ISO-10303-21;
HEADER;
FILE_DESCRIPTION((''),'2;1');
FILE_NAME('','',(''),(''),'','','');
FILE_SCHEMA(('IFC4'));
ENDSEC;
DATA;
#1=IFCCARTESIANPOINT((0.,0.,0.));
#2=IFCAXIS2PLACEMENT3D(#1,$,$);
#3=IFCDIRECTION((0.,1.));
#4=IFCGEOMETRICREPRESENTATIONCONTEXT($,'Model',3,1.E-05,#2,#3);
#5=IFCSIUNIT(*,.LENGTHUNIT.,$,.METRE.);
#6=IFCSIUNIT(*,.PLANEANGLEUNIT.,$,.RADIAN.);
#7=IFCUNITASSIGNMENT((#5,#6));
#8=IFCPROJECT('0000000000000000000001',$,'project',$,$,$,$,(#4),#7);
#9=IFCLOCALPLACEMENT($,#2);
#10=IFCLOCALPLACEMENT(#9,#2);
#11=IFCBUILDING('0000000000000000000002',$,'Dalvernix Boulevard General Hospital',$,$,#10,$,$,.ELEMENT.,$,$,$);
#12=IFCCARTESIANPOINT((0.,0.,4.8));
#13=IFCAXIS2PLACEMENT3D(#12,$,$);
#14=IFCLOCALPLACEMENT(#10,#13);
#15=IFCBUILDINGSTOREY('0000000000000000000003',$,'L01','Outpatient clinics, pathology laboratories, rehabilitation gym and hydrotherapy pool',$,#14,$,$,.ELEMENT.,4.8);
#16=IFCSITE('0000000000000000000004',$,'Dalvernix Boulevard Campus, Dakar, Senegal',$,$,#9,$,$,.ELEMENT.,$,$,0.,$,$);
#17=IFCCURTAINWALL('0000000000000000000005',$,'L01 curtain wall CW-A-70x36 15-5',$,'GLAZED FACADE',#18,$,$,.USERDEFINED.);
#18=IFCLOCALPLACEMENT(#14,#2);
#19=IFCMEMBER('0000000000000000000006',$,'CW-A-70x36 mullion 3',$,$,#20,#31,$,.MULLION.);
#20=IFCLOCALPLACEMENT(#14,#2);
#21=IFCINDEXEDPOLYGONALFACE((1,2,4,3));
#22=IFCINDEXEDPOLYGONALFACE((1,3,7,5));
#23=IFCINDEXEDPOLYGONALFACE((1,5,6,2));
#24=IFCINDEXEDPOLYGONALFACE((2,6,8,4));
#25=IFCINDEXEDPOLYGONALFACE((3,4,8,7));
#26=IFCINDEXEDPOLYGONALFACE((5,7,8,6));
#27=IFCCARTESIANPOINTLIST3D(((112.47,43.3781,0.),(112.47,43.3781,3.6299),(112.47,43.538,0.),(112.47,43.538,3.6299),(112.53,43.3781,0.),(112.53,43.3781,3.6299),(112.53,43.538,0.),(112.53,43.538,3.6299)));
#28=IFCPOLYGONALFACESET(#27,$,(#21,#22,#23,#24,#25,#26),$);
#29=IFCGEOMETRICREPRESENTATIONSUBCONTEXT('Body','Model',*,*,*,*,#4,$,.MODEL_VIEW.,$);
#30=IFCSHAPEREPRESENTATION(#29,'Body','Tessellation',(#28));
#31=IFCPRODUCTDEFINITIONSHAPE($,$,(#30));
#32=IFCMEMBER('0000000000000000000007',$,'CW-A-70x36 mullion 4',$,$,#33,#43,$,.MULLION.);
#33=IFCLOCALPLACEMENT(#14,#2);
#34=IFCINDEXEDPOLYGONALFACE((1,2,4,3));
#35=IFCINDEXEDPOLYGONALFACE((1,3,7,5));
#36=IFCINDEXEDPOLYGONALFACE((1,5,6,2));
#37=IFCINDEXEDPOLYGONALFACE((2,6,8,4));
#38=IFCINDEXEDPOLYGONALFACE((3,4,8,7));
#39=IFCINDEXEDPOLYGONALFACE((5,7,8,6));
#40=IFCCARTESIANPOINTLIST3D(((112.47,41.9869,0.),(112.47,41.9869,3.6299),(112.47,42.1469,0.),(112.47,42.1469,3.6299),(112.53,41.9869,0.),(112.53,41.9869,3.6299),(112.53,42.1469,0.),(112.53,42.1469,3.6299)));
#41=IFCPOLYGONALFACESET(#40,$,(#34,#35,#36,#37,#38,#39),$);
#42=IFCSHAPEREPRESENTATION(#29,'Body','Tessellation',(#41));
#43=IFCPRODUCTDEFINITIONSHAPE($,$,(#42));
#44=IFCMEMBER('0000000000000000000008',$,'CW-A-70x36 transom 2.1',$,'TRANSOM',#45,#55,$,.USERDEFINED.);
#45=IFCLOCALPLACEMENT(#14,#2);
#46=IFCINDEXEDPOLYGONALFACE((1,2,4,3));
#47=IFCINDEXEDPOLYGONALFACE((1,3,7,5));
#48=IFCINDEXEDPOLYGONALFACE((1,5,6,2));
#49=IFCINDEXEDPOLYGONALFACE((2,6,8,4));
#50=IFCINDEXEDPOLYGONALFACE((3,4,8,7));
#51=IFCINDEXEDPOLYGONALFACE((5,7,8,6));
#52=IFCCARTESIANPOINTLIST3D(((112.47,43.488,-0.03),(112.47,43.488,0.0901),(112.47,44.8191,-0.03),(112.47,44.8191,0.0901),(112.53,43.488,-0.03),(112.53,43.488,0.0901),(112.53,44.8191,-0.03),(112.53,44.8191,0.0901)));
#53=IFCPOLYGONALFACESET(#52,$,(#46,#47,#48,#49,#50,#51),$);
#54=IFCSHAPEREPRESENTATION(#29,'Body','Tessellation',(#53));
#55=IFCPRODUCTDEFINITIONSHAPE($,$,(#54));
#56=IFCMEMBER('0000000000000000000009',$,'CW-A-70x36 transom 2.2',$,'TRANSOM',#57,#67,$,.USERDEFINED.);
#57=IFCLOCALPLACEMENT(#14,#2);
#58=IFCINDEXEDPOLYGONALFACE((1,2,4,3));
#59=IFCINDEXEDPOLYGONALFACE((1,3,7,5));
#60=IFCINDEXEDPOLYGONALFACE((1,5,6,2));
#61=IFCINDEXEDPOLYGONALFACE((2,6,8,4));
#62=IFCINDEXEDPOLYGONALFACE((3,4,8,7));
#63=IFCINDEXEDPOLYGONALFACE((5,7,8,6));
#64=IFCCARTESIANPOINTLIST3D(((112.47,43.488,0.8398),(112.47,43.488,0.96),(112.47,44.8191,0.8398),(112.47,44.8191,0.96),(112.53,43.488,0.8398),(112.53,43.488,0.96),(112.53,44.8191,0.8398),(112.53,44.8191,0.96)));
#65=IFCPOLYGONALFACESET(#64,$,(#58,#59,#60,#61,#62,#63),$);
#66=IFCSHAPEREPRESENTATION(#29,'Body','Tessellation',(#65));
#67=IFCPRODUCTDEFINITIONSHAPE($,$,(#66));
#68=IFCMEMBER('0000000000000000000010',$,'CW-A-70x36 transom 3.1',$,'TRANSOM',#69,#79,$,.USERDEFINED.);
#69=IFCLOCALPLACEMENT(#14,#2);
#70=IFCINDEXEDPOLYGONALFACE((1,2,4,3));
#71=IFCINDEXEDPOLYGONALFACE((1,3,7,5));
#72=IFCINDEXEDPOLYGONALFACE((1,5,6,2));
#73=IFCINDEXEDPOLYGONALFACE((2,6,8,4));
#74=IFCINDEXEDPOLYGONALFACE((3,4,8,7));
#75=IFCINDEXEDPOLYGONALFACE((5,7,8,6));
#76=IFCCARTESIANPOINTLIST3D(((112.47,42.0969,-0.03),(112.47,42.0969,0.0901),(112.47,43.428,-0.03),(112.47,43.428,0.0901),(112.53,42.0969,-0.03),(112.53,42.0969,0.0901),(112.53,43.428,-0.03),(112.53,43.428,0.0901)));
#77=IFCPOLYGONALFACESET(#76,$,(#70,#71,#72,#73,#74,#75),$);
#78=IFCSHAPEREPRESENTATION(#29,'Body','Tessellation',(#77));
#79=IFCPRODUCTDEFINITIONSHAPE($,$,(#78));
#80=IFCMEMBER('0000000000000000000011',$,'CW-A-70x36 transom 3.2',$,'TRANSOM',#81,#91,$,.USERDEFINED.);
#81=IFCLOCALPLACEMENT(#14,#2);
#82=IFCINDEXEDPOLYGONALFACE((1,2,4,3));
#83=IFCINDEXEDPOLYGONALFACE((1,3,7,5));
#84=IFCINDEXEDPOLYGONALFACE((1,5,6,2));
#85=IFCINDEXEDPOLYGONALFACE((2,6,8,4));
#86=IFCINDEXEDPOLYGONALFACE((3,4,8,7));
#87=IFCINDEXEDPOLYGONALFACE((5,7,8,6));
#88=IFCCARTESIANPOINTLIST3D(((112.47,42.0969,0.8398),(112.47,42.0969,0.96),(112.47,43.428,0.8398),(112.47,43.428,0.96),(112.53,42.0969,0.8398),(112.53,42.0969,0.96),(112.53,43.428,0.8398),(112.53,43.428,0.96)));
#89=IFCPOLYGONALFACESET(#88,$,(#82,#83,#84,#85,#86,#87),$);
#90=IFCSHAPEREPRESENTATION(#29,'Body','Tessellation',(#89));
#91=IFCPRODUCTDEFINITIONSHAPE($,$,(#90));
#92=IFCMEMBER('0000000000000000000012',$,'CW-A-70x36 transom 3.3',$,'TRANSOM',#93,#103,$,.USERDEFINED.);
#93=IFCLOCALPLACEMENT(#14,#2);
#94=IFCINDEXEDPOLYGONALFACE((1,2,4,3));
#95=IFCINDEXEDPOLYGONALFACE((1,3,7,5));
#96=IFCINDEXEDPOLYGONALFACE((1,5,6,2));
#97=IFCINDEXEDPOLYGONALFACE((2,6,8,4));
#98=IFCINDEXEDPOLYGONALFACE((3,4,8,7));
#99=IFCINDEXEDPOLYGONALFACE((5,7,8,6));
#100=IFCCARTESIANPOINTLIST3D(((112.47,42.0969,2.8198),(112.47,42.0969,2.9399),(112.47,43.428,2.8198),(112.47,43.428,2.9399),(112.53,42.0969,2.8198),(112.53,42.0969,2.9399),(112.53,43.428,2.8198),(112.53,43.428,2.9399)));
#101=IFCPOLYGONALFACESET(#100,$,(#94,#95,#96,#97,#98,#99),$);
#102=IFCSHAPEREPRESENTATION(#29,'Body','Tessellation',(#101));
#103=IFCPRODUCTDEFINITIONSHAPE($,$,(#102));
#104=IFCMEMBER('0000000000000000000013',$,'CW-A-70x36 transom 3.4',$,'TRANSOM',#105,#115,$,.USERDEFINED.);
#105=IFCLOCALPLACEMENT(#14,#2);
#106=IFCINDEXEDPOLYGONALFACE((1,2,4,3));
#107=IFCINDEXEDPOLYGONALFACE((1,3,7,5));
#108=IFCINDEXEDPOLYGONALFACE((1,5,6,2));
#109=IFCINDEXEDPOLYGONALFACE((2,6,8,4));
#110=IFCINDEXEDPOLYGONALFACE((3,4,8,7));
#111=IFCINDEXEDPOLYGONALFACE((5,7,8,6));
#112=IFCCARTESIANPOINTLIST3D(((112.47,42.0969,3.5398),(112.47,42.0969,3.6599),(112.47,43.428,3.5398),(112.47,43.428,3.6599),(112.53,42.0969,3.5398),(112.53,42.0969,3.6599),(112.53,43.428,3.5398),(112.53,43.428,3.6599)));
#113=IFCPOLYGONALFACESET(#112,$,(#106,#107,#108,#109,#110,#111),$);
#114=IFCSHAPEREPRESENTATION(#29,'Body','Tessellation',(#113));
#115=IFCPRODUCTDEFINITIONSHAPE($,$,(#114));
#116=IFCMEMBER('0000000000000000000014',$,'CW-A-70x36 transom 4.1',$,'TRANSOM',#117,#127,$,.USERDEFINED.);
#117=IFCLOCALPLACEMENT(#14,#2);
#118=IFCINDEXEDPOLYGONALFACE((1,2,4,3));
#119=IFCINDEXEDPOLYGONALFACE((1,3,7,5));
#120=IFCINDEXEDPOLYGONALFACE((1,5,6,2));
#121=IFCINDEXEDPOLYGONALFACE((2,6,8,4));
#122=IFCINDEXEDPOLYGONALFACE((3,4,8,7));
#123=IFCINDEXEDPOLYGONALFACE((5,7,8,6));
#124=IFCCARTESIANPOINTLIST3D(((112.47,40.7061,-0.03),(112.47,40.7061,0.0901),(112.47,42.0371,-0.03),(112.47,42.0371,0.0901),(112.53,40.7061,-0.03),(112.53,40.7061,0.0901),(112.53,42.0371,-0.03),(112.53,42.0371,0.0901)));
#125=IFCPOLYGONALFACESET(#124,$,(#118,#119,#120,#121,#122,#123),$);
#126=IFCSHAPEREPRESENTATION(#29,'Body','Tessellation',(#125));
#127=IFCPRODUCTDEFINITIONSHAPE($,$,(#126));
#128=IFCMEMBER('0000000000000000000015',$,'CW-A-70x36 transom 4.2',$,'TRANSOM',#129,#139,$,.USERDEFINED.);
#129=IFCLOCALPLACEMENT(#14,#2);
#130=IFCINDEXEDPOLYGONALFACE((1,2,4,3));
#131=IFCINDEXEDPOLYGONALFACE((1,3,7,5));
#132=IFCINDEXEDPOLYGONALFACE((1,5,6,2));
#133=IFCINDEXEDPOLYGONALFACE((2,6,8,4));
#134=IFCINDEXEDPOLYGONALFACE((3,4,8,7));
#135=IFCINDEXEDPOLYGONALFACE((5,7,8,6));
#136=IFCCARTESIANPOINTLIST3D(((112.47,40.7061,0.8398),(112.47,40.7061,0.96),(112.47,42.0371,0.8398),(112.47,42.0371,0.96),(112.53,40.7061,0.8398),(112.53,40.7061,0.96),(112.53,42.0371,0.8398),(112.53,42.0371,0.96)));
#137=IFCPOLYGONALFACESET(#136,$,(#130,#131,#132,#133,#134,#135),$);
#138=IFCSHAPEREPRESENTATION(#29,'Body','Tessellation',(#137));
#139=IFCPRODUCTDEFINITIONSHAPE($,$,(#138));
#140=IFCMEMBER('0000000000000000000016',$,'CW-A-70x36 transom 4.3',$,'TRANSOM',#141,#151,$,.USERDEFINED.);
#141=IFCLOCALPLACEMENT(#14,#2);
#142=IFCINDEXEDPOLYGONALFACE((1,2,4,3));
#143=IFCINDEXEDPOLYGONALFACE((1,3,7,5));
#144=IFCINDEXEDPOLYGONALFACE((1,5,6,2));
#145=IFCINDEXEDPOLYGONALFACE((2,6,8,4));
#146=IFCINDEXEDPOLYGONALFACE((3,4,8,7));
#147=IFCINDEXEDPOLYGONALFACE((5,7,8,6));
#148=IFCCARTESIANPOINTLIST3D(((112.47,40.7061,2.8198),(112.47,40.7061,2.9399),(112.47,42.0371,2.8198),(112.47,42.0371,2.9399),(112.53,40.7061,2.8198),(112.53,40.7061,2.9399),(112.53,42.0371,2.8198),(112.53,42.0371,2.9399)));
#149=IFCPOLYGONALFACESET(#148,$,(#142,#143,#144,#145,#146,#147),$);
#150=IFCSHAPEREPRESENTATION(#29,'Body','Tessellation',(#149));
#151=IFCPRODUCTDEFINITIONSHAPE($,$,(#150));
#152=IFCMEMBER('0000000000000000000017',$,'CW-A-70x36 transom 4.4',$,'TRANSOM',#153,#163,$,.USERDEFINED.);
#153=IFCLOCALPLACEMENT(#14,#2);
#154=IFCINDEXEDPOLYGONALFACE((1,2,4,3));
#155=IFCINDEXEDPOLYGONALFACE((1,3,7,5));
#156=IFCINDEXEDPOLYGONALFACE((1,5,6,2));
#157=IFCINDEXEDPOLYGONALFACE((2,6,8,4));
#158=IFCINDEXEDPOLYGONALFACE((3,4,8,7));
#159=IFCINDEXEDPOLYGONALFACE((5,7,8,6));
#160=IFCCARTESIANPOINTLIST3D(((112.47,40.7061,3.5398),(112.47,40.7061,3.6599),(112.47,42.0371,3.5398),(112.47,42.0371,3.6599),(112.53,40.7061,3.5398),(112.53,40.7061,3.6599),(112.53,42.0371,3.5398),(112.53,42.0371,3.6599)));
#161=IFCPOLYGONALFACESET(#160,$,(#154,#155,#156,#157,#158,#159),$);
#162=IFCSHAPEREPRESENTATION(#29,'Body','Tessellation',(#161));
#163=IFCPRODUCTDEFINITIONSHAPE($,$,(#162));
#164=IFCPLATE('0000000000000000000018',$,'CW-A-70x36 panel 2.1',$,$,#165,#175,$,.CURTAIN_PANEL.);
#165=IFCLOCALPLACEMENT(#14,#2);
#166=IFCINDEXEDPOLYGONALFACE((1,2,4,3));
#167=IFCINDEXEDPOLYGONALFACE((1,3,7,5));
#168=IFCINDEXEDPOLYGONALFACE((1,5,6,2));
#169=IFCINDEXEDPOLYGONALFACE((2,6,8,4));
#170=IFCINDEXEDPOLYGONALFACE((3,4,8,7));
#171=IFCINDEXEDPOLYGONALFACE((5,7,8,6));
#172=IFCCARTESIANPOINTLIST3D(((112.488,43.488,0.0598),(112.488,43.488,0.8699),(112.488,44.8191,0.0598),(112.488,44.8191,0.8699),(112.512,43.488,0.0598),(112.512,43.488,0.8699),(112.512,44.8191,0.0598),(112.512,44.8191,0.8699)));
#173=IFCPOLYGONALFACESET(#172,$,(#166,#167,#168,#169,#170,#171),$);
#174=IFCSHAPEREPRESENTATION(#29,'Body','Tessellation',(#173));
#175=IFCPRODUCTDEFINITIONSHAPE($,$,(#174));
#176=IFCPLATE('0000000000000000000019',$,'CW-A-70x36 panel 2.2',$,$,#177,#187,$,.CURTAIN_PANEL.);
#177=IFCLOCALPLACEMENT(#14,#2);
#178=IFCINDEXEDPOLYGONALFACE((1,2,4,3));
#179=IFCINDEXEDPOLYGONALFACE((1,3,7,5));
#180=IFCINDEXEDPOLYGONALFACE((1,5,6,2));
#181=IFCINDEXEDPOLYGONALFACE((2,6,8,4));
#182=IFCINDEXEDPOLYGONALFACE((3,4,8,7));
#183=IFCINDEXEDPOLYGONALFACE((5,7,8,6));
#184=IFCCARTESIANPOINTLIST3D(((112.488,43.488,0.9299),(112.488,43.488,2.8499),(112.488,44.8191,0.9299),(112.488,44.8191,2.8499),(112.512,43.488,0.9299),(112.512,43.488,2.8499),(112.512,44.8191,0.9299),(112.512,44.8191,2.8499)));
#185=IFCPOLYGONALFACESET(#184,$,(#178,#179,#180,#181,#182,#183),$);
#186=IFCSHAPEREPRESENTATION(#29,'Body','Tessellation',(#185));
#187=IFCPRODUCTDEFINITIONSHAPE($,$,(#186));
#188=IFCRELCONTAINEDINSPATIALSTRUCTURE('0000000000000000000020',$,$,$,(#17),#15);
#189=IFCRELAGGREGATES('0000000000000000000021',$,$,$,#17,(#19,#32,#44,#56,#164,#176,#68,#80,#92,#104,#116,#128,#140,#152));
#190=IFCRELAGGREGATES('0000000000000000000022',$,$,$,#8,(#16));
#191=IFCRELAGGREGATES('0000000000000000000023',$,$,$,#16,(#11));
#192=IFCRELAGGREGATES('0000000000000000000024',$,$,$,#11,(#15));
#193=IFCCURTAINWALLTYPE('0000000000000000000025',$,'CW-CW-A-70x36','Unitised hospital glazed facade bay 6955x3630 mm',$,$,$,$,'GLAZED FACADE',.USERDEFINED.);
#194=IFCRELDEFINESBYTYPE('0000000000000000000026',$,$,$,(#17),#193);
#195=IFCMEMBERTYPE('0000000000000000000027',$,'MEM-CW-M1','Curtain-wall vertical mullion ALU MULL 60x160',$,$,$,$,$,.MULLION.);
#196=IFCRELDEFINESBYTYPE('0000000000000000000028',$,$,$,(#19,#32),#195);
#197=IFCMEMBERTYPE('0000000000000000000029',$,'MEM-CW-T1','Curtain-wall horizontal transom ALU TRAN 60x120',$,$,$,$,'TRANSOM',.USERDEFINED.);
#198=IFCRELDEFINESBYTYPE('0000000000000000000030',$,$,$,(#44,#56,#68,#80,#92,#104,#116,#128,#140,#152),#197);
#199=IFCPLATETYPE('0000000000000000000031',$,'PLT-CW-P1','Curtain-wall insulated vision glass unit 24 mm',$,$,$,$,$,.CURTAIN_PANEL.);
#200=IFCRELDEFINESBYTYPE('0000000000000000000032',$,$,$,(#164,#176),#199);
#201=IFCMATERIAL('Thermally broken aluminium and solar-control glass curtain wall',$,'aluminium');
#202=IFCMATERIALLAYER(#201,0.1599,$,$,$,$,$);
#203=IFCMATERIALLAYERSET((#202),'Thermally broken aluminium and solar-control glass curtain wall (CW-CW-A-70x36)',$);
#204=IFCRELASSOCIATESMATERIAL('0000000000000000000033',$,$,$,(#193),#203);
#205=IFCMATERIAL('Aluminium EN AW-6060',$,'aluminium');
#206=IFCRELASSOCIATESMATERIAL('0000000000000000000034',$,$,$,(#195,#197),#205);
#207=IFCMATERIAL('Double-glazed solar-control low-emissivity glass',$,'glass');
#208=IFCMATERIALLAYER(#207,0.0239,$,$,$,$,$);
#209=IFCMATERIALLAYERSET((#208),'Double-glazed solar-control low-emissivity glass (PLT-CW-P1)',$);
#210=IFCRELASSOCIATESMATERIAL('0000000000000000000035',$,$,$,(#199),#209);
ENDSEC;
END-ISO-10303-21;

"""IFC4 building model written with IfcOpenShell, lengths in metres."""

from ifc_helpers import new_model, si_unit, direction, frame, origin, origin_2d, place, context, subcontext, project, spatial, rectangle, extrude, material, layer, layer_set, material_profile, profile_set, type_object, element, aggregate, save


model = new_model("IFC4")

# Units and contexts
model_context = context("Model", 3, precision=1e-05, world=origin(), true_north=direction((0.0, 1.0)))
body_context = subcontext(model_context, "Body", "Model", "MODEL_VIEW")
ifc_project = project(units=[si_unit("LENGTHUNIT", "METRE"), si_unit("PLANEANGLEUNIT", "RADIAN")], contexts=[model_context])

# Site, building, storey
site_placement = place(None, origin())
site = spatial("IfcSite", under=ifc_project, at=site_placement, Name="Dalvernix Boulevard Campus, Dakar, Senegal", CompositionType="ELEMENT", RefElevation=0.0)
building_placement = place(site_placement, origin())
building = spatial("IfcBuilding", under=site, at=building_placement, Name="Dalvernix Boulevard General Hospital", CompositionType="ELEMENT")
storey_placement = place(building_placement, frame((0.0, 0.0, 4.8)))
storey = spatial("IfcBuildingStorey", under=building, at=storey_placement, Name="L01", Description="Outpatient clinics, pathology laboratories, rehabilitation gym and hydrotherapy pool", CompositionType="ELEMENT", Elevation=4.8)

# Curtain wall, members, plates
ifc_material_1 = material(Name="Thermally broken aluminium and solar-control glass curtain wall", Category="aluminium")
ifc_layer_1 = layer(ifc_material_1, 0.1599)
ifc_layer_set_1 = layer_set([ifc_layer_1], Name="Thermally broken aluminium and solar-control glass curtain wall (CW-CW-A-70x36)")
curtain_wall_type = type_object("IfcCurtainWallType", Name="CW-CW-A-70x36", Description="Unitised hospital glazed facade bay 6955x3630 mm", ElementType="GLAZED FACADE", PredefinedType="USERDEFINED", material=ifc_layer_set_1)
curtain_wall_placement = place(storey_placement, origin())
curtain_wall = element("IfcCurtainWall", 1, at=curtain_wall_placement, inside=storey, type_object=curtain_wall_type, Name="L01 curtain wall CW-A-70x36 15-5", ObjectType="GLAZED FACADE", PredefinedType="USERDEFINED")
ifc_material_2 = material(Name="Aluminium EN AW-6060", Category="aluminium")
ifc_material_profile_1 = material_profile(ifc_material_2, rectangle(XDim=0.0601, YDim=0.1599, at=origin_2d()), Name="ALU MULL 60x160")
ifc_profile_set_1 = profile_set([ifc_material_profile_1], Name="Aluminium EN AW-6060")
member_type_1 = type_object("IfcMemberType", Name="MEM-CW-M1", Description="Curtain-wall vertical mullion ALU MULL 60x160", PredefinedType="MULLION", material=ifc_profile_set_1)
member_1_placement = place(storey_placement, frame((112.5, 43.458, 0.0), z_axis=(0.0, 0.0, 1.0), x_axis=(1.0, 0.0, 0.0)))
member_1 = element("IfcMember", 2, at=member_1_placement, type_object=member_type_1, Name="CW-A-70x36 mullion 3", PredefinedType="MULLION", context=body_context, shape_type="SweptSolid", body=[
    extrude(rectangle(XDim=0.0601, YDim=0.1599, at=origin_2d()), origin(), (0.0, 0.0, 1.0), 3.6299),
])
member_2_placement = place(storey_placement, frame((112.5, 42.0669, 0.0), z_axis=(0.0, 0.0, 1.0), x_axis=(1.0, 0.0, 0.0)))
member_2 = element("IfcMember", 3, at=member_2_placement, type_object=member_type_1, Name="CW-A-70x36 mullion 4", PredefinedType="MULLION", context=body_context, shape_type="SweptSolid", body=[
    extrude(rectangle(XDim=0.0601, YDim=0.1599, at=origin_2d()), origin(), (0.0, 0.0, 1.0), 3.6299),
])
ifc_material_profile_2 = material_profile(ifc_material_2, rectangle(XDim=0.0601, YDim=0.1201, at=origin_2d()), Name="ALU TRAN 60x120")
ifc_profile_set_2 = profile_set([ifc_material_profile_2], Name="Aluminium EN AW-6060")
member_type_2 = type_object("IfcMemberType", Name="MEM-CW-T1", Description="Curtain-wall horizontal transom ALU TRAN 60x120", ElementType="TRANSOM", PredefinedType="USERDEFINED", material=ifc_profile_set_2)
member_3_placement = place(storey_placement, frame((112.5, 44.8191, 0.03), z_axis=(0.0, -1.0, 0.0), x_axis=(1.0, 0.0, 0.0)))
member_3 = element("IfcMember", 4, at=member_3_placement, type_object=member_type_2, Name="CW-A-70x36 transom 2.1", ObjectType="TRANSOM", PredefinedType="USERDEFINED", context=body_context, shape_type="SweptSolid", body=[
    extrude(rectangle(XDim=0.0601, YDim=0.1201, at=origin_2d()), origin(), (0.0, 0.0, 1.0), 1.3311),
])
member_4_placement = place(storey_placement, frame((112.5, 44.8191, 0.8999), z_axis=(0.0, -1.0, 0.0), x_axis=(1.0, 0.0, 0.0)))
member_4 = element("IfcMember", 5, at=member_4_placement, type_object=member_type_2, Name="CW-A-70x36 transom 2.2", ObjectType="TRANSOM", PredefinedType="USERDEFINED", context=body_context, shape_type="SweptSolid", body=[
    extrude(rectangle(XDim=0.0601, YDim=0.1201, at=origin_2d()), origin(), (0.0, 0.0, 1.0), 1.3311),
])
member_5_placement = place(storey_placement, frame((112.5, 43.428, 0.03), z_axis=(0.0, -1.0, 0.0), x_axis=(1.0, 0.0, 0.0)))
member_5 = element("IfcMember", 6, at=member_5_placement, type_object=member_type_2, Name="CW-A-70x36 transom 3.1", ObjectType="TRANSOM", PredefinedType="USERDEFINED", context=body_context, shape_type="SweptSolid", body=[
    extrude(rectangle(XDim=0.0601, YDim=0.1201, at=origin_2d()), origin(), (0.0, 0.0, 1.0), 1.3311),
])
member_6_placement = place(storey_placement, frame((112.5, 43.428, 0.8999), z_axis=(0.0, -1.0, 0.0), x_axis=(1.0, 0.0, 0.0)))
member_6 = element("IfcMember", 7, at=member_6_placement, type_object=member_type_2, Name="CW-A-70x36 transom 3.2", ObjectType="TRANSOM", PredefinedType="USERDEFINED", context=body_context, shape_type="SweptSolid", body=[
    extrude(rectangle(XDim=0.0601, YDim=0.1201, at=origin_2d()), origin(), (0.0, 0.0, 1.0), 1.3311),
])
member_7_placement = place(storey_placement, frame((112.5, 43.428, 2.8799), z_axis=(0.0, -1.0, 0.0), x_axis=(1.0, 0.0, 0.0)))
member_7 = element("IfcMember", 8, at=member_7_placement, type_object=member_type_2, Name="CW-A-70x36 transom 3.3", ObjectType="TRANSOM", PredefinedType="USERDEFINED", context=body_context, shape_type="SweptSolid", body=[
    extrude(rectangle(XDim=0.0601, YDim=0.1201, at=origin_2d()), origin(), (0.0, 0.0, 1.0), 1.3311),
])
member_8_placement = place(storey_placement, frame((112.5, 43.428, 3.5999), z_axis=(0.0, -1.0, 0.0), x_axis=(1.0, 0.0, 0.0)))
member_8 = element("IfcMember", 9, at=member_8_placement, type_object=member_type_2, Name="CW-A-70x36 transom 3.4", ObjectType="TRANSOM", PredefinedType="USERDEFINED", context=body_context, shape_type="SweptSolid", body=[
    extrude(rectangle(XDim=0.0601, YDim=0.1201, at=origin_2d()), origin(), (0.0, 0.0, 1.0), 1.3311),
])
member_9_placement = place(storey_placement, frame((112.5, 42.0371, 0.03), z_axis=(0.0, -1.0, 0.0), x_axis=(1.0, 0.0, 0.0)))
member_9 = element("IfcMember", 10, at=member_9_placement, type_object=member_type_2, Name="CW-A-70x36 transom 4.1", ObjectType="TRANSOM", PredefinedType="USERDEFINED", context=body_context, shape_type="SweptSolid", body=[
    extrude(rectangle(XDim=0.0601, YDim=0.1201, at=origin_2d()), origin(), (0.0, 0.0, 1.0), 1.3311),
])
member_10_placement = place(storey_placement, frame((112.5, 42.0371, 0.8999), z_axis=(0.0, -1.0, 0.0), x_axis=(1.0, 0.0, 0.0)))
member_10 = element("IfcMember", 11, at=member_10_placement, type_object=member_type_2, Name="CW-A-70x36 transom 4.2", ObjectType="TRANSOM", PredefinedType="USERDEFINED", context=body_context, shape_type="SweptSolid", body=[
    extrude(rectangle(XDim=0.0601, YDim=0.1201, at=origin_2d()), origin(), (0.0, 0.0, 1.0), 1.3311),
])
member_11_placement = place(storey_placement, frame((112.5, 42.0371, 2.8799), z_axis=(0.0, -1.0, 0.0), x_axis=(1.0, 0.0, 0.0)))
member_11 = element("IfcMember", 12, at=member_11_placement, type_object=member_type_2, Name="CW-A-70x36 transom 4.3", ObjectType="TRANSOM", PredefinedType="USERDEFINED", context=body_context, shape_type="SweptSolid", body=[
    extrude(rectangle(XDim=0.0601, YDim=0.1201, at=origin_2d()), origin(), (0.0, 0.0, 1.0), 1.3311),
])
member_12_placement = place(storey_placement, frame((112.5, 42.0371, 3.5999), z_axis=(0.0, -1.0, 0.0), x_axis=(1.0, 0.0, 0.0)))
member_12 = element("IfcMember", 13, at=member_12_placement, type_object=member_type_2, Name="CW-A-70x36 transom 4.4", ObjectType="TRANSOM", PredefinedType="USERDEFINED", context=body_context, shape_type="SweptSolid", body=[
    extrude(rectangle(XDim=0.0601, YDim=0.1201, at=origin_2d()), origin(), (0.0, 0.0, 1.0), 1.3311),
])
ifc_material_3 = material(Name="Double-glazed solar-control low-emissivity glass", Category="glass")
ifc_layer_2 = layer(ifc_material_3, 0.0239)
ifc_layer_set_2 = layer_set([ifc_layer_2], Name="Double-glazed solar-control low-emissivity glass (PLT-CW-P1)")
plate_type = type_object("IfcPlateType", Name="PLT-CW-P1", Description="Curtain-wall insulated vision glass unit 24 mm", PredefinedType="CURTAIN_PANEL", material=ifc_layer_set_2)
plate_1_placement = place(storey_placement, frame((112.5, 44.1536, 0.0598), z_axis=(0.0, 0.0, 1.0), x_axis=(0.0, -1.0, 0.0)))
plate_1 = element("IfcPlate", 14, at=plate_1_placement, type_object=plate_type, Name="CW-A-70x36 panel 2.1", PredefinedType="CURTAIN_PANEL", context=body_context, shape_type="SweptSolid", body=[
    extrude(rectangle(XDim=1.3311, YDim=0.0239, at=origin_2d()), origin(), (0.0, 0.0, 1.0), 0.8101),
])
plate_2_placement = place(storey_placement, frame((112.5, 44.1536, 0.9299), z_axis=(0.0, 0.0, 1.0), x_axis=(0.0, -1.0, 0.0)))
plate_2 = element("IfcPlate", 15, at=plate_2_placement, type_object=plate_type, Name="CW-A-70x36 panel 2.2", PredefinedType="CURTAIN_PANEL", context=body_context, shape_type="SweptSolid", body=[
    extrude(rectangle(XDim=1.3311, YDim=0.0239, at=origin_2d()), origin(), (0.0, 0.0, 1.0), 1.9199),
])
aggregate(curtain_wall, [member_1, member_2, member_3, member_4, plate_1, plate_2, member_5, member_6, member_7, member_8, member_9, member_10, member_11, member_12])

save(model, "model.ifc")
